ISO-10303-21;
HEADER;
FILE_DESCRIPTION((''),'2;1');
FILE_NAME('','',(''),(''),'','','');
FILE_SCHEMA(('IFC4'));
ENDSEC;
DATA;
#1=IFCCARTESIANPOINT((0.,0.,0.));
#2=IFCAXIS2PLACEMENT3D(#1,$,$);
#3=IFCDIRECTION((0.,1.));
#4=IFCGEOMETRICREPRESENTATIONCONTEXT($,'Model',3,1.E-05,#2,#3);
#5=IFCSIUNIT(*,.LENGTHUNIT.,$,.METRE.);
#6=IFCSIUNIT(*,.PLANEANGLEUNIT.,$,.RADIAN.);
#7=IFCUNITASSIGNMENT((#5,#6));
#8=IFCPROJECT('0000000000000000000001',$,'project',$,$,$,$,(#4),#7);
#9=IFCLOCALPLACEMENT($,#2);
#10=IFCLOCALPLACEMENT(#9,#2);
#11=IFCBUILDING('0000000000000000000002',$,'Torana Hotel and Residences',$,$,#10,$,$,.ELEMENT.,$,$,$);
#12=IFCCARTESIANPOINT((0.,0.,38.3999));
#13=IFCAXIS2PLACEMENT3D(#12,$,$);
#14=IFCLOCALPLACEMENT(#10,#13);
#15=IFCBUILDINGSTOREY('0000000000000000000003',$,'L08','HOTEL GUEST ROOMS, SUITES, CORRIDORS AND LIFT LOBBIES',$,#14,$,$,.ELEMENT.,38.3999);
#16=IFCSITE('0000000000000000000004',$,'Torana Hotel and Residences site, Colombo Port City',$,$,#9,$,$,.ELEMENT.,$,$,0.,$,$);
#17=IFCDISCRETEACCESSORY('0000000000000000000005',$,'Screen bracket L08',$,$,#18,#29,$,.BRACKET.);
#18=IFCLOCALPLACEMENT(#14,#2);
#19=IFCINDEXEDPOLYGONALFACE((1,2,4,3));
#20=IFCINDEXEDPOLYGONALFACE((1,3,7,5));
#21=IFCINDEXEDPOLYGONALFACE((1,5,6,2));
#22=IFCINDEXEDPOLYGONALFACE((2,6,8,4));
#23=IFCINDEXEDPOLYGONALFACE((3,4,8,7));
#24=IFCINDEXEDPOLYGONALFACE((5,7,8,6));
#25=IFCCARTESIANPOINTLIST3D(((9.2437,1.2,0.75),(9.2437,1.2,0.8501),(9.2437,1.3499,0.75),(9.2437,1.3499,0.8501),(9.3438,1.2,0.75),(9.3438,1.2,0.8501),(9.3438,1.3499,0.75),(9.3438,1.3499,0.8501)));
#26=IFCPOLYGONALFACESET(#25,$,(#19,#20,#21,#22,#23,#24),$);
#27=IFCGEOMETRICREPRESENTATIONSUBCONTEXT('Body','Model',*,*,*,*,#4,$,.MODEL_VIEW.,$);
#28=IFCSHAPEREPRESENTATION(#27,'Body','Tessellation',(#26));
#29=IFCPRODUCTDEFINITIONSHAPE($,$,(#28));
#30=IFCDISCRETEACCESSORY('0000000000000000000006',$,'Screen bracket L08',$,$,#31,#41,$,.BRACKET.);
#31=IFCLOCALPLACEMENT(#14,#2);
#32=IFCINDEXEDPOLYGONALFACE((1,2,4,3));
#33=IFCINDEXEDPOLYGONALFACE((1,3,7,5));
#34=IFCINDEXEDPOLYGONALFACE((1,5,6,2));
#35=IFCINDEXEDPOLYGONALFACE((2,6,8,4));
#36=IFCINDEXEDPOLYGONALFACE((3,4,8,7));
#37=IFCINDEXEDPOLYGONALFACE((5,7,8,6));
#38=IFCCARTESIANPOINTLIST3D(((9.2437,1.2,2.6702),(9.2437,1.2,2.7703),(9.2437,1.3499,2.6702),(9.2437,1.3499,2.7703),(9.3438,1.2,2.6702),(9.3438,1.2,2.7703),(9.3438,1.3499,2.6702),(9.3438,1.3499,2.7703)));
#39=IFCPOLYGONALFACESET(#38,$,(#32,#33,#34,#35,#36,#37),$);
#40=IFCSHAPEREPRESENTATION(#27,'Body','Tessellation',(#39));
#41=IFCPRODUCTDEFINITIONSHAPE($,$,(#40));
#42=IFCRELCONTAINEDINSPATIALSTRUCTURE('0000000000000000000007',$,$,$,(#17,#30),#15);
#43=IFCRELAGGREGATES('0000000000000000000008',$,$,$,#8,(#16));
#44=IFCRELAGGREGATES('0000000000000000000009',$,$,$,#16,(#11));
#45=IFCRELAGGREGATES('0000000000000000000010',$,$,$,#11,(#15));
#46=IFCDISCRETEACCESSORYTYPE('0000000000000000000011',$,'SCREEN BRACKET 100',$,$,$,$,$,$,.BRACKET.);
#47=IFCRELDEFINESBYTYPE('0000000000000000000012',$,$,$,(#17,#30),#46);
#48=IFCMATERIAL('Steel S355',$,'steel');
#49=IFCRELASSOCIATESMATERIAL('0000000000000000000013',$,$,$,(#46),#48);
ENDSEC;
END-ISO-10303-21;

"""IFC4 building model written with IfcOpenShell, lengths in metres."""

from ifc_helpers import new_model, si_unit, direction, frame, origin, origin_2d, place, context, subcontext, project, spatial, rectangle, extrude, material, type_object, element, save


model = new_model("IFC4")

# Units and contexts
model_context = context("Model", 3, precision=1e-05, world=origin(), true_north=direction((0.0, 1.0)))
body_context = subcontext(model_context, "Body", "Model", "MODEL_VIEW")
ifc_project = project(units=[si_unit("LENGTHUNIT", "METRE"), si_unit("PLANEANGLEUNIT", "RADIAN")], contexts=[model_context])

# Site, building, storey
site_placement = place(None, origin())
site = spatial("IfcSite", under=ifc_project, at=site_placement, Name="Torana Hotel and Residences site, Colombo Port City", CompositionType="ELEMENT", RefElevation=0.0)
building_placement = place(site_placement, origin())
building = spatial("IfcBuilding", under=site, at=building_placement, Name="Torana Hotel and Residences", CompositionType="ELEMENT")
storey_placement = place(building_placement, frame((0.0, 0.0, 38.3999)))
storey = spatial("IfcBuildingStorey", under=building, at=storey_placement, Name="L08", Description="HOTEL GUEST ROOMS, SUITES, CORRIDORS AND LIFT LOBBIES", CompositionType="ELEMENT", Elevation=38.3999)

# Discrete accessories
ifc_material_1 = material(Name="Steel S355", Category="steel")
discrete_accessory_type = type_object("IfcDiscreteAccessoryType", Name="SCREEN BRACKET 100", PredefinedType="BRACKET", material=ifc_material_1)
for number, where, z_axis, x_axis, name in (
    (1, (9.2937, 1.2749, 0.75), (0.0, 0.0, 1.0), (-1.0, 0.0, 0.0), "Screen bracket L08"),
    (2, (9.2937, 1.2749, 2.6702), (0.0, 0.0, 1.0), (-1.0, 0.0, 0.0), "Screen bracket L08"),
):
    element("IfcDiscreteAccessory", number, at=place(storey_placement, frame(where, z_axis=z_axis, x_axis=x_axis)), inside=storey, type_object=discrete_accessory_type, Name=name, PredefinedType="BRACKET", context=body_context, shape_type="SweptSolid", body=[
        extrude(rectangle(XDim=0.1001, YDim=0.1499, at=origin_2d()), origin(), (0.0, 0.0, 1.0), 0.1001),
    ])

save(model, "model.ifc")
